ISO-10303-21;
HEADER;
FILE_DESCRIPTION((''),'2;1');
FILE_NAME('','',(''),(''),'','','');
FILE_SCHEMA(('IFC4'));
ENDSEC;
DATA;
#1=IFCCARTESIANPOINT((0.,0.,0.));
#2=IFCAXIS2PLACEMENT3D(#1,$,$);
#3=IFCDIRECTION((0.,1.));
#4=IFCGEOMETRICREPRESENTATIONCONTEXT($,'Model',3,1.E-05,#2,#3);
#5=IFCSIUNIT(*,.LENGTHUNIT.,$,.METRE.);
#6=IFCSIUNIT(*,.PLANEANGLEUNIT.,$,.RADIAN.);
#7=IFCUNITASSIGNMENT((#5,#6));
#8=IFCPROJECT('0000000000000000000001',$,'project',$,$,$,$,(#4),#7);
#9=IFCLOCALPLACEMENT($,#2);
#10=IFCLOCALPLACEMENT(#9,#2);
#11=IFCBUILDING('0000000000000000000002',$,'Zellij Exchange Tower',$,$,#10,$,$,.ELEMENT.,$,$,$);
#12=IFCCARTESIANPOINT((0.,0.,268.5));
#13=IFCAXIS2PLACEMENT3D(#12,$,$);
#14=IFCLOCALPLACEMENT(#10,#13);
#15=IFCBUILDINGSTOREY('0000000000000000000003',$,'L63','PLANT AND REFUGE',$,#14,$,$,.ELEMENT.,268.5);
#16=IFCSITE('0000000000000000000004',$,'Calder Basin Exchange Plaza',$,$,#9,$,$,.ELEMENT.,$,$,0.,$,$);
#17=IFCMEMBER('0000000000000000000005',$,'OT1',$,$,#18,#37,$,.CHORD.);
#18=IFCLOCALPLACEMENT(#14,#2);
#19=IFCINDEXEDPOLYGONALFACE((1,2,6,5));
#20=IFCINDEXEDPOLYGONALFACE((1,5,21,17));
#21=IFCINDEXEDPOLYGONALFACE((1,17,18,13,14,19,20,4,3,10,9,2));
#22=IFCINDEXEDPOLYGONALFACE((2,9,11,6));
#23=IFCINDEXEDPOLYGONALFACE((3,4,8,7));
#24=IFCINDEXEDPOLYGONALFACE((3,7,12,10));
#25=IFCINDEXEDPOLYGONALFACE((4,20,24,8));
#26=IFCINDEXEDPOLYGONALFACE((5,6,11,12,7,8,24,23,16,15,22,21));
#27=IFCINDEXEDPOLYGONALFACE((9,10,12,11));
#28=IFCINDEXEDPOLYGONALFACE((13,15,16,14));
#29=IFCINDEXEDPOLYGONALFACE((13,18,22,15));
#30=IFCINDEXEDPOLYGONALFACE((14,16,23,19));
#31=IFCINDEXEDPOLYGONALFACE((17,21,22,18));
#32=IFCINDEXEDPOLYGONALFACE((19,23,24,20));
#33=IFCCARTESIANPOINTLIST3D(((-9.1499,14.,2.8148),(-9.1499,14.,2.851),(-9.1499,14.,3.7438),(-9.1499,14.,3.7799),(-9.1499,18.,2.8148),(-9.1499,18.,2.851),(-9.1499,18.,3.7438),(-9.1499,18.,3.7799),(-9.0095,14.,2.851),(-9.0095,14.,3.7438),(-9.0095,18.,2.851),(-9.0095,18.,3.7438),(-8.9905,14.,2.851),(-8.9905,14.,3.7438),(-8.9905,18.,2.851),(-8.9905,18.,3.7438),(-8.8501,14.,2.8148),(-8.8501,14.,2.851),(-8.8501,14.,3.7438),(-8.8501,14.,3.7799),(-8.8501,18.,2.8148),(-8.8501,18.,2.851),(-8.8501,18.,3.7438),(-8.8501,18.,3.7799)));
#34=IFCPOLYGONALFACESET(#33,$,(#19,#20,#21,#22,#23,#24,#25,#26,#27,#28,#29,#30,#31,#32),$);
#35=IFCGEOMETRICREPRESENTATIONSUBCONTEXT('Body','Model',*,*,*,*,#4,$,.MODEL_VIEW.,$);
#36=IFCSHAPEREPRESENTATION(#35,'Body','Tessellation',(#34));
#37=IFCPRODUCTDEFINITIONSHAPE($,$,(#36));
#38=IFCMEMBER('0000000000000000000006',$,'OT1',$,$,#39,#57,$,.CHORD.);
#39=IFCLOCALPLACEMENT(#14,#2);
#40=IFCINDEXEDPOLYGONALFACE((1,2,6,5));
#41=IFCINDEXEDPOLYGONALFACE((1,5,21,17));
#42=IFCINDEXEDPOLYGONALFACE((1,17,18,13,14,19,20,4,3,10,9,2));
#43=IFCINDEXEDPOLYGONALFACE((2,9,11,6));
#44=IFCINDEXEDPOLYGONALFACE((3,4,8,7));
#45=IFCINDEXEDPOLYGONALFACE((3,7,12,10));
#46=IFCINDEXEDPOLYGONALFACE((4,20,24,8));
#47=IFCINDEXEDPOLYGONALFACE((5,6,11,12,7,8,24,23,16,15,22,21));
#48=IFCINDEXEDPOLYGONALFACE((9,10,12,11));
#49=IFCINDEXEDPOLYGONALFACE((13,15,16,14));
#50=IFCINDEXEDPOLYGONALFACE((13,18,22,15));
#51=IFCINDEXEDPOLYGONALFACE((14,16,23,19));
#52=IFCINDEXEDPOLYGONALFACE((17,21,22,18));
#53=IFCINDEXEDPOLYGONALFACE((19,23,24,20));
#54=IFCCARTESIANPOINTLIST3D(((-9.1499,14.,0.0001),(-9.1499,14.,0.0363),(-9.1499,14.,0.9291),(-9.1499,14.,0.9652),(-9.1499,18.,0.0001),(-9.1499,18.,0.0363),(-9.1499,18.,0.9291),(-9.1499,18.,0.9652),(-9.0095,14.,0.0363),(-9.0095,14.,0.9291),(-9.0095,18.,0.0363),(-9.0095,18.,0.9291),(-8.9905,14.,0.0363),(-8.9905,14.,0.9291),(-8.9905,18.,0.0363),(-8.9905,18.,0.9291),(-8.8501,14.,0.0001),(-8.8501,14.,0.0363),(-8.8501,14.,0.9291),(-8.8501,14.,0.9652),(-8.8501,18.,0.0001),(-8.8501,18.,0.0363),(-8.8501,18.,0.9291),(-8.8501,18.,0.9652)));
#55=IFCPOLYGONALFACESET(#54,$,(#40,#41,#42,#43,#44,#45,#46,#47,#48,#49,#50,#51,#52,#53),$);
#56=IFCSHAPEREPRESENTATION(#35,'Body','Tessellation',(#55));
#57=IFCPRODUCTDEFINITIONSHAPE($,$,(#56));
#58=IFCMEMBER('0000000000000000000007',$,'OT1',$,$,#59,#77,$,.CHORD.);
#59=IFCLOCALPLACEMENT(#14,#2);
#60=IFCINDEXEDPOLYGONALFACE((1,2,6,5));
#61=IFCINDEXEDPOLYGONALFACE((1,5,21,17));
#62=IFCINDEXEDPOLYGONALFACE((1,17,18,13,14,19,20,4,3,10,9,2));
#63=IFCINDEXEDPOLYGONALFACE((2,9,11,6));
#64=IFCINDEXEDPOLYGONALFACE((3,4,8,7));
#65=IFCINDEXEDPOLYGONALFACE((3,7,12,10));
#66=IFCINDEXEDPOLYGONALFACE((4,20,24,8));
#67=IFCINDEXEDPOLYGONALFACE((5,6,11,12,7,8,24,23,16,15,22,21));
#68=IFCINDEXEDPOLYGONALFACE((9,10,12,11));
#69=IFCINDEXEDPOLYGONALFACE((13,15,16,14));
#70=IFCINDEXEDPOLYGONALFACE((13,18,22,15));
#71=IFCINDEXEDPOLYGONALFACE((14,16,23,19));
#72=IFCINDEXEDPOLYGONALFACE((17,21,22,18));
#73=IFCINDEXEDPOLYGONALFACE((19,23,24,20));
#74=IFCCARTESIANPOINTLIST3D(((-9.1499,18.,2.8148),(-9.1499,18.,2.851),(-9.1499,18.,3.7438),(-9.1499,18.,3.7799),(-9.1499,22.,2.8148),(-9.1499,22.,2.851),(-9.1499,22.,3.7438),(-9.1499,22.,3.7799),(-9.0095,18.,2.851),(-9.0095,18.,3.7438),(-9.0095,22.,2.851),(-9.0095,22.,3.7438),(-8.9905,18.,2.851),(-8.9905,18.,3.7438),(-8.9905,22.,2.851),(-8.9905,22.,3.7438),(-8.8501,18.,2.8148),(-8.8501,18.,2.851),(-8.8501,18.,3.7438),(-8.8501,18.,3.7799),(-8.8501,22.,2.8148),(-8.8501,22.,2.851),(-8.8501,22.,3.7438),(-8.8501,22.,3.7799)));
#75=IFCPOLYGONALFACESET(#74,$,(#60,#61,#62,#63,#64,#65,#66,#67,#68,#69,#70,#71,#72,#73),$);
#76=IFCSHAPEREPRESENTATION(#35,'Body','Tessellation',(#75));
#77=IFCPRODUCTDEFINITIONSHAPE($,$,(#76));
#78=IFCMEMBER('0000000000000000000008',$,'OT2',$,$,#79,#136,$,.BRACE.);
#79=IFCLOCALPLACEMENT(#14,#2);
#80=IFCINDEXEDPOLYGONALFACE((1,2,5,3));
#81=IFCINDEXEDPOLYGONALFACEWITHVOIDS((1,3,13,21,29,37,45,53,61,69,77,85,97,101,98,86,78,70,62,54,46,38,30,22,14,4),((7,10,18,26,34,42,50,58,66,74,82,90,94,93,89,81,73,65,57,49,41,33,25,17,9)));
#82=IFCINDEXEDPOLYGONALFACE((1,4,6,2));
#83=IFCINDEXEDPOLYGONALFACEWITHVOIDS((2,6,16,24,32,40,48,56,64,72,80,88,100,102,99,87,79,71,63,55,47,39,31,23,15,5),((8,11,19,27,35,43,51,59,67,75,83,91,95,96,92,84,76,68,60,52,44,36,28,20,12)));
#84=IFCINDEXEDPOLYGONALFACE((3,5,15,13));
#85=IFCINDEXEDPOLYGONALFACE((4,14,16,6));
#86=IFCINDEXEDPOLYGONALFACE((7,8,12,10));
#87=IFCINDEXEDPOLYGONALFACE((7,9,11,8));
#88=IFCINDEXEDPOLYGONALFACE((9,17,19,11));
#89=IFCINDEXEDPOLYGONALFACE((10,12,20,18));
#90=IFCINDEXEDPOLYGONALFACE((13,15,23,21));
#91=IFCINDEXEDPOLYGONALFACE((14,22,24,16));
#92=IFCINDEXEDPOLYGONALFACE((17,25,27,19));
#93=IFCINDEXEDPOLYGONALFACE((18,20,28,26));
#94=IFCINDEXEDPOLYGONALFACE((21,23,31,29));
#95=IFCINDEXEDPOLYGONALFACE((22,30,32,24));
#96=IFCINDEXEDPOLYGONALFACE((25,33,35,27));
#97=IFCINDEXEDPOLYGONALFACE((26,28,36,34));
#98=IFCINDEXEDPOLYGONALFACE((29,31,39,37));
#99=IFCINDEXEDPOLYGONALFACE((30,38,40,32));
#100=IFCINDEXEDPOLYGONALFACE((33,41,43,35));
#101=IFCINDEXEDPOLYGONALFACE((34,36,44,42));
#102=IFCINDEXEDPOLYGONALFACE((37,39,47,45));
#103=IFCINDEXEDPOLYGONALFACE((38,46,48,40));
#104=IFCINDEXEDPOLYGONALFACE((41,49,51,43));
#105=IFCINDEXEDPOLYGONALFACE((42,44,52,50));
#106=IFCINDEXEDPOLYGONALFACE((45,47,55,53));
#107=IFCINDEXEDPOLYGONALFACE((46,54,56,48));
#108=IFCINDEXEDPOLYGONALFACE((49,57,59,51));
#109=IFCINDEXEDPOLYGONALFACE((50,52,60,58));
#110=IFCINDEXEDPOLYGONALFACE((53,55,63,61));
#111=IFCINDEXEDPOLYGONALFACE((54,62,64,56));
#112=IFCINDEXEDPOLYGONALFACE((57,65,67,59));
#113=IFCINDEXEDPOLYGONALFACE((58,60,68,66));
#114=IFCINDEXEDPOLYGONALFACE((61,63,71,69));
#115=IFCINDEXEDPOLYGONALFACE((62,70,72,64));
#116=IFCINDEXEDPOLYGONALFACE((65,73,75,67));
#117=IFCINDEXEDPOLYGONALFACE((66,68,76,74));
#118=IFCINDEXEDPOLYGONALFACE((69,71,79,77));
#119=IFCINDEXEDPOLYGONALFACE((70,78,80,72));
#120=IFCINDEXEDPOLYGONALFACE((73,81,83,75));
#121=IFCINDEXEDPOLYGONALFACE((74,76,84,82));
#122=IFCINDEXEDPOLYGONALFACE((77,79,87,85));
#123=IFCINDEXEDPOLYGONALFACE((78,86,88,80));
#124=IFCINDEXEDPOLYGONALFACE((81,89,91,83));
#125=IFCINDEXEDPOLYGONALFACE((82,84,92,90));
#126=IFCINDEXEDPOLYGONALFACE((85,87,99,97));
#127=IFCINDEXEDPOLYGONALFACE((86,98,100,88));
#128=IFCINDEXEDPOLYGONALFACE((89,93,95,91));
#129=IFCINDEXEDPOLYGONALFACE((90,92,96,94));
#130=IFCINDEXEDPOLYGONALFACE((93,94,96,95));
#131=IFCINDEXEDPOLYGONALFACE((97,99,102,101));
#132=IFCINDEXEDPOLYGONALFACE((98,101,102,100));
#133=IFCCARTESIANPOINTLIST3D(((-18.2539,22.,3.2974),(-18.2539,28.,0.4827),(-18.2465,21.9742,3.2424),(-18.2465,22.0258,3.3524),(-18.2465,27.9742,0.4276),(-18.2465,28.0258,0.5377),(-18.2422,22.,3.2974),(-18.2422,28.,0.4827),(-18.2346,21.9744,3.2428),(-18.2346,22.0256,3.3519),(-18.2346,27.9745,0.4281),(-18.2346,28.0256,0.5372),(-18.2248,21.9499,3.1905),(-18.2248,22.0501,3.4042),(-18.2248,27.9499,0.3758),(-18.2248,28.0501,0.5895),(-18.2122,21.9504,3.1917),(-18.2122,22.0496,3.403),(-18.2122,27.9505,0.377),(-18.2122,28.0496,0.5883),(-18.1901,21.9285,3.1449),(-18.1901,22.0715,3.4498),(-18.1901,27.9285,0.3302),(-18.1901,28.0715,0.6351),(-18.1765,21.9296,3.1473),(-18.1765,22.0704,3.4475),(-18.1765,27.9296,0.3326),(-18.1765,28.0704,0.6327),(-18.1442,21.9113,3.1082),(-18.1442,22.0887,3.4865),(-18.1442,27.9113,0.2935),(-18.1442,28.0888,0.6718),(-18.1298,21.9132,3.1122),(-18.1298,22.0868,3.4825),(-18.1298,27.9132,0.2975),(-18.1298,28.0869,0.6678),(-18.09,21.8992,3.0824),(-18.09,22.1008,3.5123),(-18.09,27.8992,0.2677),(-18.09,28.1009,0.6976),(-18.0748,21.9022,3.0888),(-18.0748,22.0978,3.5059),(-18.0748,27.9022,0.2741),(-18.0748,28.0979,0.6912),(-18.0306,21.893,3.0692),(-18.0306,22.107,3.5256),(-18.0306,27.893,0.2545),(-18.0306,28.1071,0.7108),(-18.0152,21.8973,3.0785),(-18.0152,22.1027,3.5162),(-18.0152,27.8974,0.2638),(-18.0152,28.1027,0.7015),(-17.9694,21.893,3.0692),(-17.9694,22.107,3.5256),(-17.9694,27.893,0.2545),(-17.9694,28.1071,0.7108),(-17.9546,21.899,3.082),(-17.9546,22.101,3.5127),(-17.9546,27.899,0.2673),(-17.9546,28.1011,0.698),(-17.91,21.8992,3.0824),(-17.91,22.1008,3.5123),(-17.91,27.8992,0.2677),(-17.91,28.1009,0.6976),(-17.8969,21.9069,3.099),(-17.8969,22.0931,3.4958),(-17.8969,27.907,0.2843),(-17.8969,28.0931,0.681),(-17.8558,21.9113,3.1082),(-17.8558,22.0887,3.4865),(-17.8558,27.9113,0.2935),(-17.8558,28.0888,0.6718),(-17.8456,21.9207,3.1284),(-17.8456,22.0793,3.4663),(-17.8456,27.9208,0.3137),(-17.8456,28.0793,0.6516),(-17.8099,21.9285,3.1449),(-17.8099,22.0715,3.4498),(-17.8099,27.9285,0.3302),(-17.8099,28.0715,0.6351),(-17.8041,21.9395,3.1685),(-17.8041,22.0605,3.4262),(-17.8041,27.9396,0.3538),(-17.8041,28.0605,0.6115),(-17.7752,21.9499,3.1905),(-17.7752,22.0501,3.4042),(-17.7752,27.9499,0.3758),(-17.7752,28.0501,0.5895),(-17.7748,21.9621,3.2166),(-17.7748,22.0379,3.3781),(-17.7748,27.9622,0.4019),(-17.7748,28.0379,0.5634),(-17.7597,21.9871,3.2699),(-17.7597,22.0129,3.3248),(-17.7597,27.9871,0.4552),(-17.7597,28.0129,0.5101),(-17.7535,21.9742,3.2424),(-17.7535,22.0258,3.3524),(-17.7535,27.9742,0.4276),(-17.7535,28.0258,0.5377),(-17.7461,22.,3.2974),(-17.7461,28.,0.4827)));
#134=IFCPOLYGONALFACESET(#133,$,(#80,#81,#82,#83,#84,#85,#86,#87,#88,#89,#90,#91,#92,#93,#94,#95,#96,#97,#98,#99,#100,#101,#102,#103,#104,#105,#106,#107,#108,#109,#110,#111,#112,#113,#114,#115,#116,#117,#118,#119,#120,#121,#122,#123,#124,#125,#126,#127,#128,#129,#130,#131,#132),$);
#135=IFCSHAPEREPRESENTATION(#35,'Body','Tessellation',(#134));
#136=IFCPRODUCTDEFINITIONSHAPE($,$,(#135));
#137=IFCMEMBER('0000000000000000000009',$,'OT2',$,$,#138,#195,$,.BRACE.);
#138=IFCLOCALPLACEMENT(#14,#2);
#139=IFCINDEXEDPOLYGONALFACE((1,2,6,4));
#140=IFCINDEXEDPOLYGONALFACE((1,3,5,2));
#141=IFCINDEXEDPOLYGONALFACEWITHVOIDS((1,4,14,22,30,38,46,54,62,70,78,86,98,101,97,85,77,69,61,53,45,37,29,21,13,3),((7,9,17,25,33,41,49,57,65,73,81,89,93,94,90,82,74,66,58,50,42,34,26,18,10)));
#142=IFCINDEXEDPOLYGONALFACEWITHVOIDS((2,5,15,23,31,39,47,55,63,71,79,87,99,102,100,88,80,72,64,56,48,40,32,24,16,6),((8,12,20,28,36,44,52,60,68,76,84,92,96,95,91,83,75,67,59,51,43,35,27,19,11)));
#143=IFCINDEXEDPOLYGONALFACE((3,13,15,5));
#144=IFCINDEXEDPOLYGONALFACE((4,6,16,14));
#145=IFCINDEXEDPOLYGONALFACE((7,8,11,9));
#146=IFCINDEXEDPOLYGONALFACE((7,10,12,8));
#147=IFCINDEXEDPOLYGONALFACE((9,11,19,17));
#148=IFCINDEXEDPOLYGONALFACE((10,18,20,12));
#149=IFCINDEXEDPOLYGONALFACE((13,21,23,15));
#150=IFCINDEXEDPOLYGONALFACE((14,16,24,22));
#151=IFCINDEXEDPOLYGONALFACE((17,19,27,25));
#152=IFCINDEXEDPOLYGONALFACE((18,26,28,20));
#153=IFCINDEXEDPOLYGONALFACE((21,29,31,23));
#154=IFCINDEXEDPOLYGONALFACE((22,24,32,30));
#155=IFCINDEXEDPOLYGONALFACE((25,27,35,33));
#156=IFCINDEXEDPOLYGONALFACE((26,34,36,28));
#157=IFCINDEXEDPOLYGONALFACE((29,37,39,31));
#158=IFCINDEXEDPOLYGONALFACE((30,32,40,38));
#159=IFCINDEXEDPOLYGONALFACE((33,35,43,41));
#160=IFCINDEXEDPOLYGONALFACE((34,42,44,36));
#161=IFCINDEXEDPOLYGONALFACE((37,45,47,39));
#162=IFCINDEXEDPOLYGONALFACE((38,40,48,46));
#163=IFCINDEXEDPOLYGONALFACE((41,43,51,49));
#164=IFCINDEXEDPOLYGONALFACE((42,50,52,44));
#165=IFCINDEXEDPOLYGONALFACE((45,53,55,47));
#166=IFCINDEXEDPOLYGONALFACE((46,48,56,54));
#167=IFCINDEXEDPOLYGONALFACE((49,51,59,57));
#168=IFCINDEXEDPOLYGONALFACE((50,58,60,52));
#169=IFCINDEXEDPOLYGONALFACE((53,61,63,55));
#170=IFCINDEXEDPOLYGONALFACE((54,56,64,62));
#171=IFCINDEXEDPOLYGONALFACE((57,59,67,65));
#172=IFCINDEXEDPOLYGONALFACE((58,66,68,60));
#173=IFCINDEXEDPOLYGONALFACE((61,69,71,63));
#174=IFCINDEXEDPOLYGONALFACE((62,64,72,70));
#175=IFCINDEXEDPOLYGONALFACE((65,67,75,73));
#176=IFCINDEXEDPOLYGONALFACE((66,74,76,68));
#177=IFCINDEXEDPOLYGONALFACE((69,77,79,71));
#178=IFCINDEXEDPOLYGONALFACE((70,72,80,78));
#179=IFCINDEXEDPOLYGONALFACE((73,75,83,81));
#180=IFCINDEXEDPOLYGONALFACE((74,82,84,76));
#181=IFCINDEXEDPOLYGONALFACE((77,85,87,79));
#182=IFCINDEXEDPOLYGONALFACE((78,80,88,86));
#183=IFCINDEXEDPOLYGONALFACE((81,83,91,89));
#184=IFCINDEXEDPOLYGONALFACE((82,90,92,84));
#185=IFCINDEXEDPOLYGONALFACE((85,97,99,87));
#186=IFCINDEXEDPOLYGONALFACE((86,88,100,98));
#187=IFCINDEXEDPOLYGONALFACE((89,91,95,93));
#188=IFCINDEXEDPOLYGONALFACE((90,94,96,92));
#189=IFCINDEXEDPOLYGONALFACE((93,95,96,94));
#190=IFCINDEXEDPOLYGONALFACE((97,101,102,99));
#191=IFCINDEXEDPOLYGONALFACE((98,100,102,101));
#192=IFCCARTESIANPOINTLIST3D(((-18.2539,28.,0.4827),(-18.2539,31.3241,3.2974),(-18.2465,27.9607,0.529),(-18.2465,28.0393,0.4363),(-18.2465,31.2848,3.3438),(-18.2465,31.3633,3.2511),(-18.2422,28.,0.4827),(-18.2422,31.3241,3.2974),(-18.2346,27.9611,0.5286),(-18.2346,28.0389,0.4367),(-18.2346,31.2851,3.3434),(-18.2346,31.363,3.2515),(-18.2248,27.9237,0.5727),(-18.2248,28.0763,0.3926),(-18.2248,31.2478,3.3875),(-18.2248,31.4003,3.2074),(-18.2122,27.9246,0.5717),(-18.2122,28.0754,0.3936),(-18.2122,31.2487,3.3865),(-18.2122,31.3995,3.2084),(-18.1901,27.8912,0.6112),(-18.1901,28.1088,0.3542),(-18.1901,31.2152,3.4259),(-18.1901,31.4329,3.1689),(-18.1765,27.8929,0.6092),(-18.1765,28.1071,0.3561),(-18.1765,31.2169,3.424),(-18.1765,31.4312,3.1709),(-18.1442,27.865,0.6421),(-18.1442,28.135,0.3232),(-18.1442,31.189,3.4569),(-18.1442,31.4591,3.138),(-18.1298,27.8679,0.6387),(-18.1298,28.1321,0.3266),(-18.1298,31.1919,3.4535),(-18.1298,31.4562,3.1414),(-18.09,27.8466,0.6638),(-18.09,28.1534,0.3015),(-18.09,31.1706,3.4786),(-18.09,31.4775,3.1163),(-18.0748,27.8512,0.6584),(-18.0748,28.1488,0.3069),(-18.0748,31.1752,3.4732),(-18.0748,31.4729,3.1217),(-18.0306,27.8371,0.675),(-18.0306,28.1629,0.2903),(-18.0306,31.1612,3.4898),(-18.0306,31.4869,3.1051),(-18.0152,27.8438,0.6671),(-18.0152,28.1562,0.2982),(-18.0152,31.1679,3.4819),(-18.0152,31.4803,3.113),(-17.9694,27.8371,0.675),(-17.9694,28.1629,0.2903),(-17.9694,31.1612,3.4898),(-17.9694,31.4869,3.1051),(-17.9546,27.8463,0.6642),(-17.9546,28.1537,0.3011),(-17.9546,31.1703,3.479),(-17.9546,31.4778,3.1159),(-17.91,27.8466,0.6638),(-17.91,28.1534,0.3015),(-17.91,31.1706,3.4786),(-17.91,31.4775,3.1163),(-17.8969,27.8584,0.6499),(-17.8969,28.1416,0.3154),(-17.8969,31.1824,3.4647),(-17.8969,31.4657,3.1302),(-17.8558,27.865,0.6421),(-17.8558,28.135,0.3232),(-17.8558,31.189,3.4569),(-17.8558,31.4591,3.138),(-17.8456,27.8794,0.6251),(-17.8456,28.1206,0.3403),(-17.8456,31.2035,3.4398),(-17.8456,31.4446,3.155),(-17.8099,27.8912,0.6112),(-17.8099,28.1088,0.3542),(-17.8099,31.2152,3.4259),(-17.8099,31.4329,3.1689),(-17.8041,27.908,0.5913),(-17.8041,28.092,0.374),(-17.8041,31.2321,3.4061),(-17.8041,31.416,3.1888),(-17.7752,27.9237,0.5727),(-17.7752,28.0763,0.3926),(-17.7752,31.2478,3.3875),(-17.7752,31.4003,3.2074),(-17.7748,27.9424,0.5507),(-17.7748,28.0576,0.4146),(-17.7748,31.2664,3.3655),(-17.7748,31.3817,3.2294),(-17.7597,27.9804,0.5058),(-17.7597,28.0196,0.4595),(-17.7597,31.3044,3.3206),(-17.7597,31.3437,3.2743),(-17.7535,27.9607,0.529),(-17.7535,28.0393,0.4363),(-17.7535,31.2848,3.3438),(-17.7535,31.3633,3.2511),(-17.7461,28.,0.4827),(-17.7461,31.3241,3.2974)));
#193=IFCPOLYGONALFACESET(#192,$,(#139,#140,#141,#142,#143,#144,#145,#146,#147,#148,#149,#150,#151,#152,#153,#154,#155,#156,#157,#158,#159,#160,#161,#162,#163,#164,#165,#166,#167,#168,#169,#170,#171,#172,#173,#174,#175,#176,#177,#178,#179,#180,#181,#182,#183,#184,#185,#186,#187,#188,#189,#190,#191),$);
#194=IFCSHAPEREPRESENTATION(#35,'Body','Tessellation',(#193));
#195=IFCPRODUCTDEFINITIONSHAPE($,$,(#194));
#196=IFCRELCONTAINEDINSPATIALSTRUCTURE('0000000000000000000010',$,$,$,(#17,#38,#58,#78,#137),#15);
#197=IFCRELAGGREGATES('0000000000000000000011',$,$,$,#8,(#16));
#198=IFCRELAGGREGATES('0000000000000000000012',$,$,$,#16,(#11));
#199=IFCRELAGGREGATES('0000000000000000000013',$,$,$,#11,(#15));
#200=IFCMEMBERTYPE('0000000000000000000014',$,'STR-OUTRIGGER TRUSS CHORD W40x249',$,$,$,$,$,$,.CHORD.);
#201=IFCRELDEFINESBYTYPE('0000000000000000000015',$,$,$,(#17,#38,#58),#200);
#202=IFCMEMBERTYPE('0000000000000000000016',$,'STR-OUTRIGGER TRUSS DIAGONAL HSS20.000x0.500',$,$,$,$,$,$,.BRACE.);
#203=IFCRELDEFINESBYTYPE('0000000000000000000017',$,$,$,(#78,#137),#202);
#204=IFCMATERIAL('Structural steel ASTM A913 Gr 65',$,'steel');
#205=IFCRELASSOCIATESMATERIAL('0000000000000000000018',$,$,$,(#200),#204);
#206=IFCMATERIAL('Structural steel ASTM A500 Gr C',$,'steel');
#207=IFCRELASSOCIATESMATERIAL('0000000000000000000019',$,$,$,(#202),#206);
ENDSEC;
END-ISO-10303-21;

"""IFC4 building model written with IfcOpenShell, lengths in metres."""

from ifc_helpers import new_model, si_unit, direction, frame, origin, origin_2d, place, context, subcontext, project, spatial, hollow_circle, i_section, extrude, material, material_profile, profile_set, type_object, element, save


model = new_model("IFC4")

# Units and contexts
model_context = context("Model", 3, precision=1e-05, world=origin(), true_north=direction((0.0, 1.0)))
body_context = subcontext(model_context, "Body", "Model", "MODEL_VIEW")
ifc_project = project(units=[si_unit("LENGTHUNIT", "METRE"), si_unit("PLANEANGLEUNIT", "RADIAN")], contexts=[model_context])

# Site, building, storey
site_placement = place(None, origin())
site = spatial("IfcSite", under=ifc_project, at=site_placement, Name="Calder Basin Exchange Plaza", CompositionType="ELEMENT", RefElevation=0.0)
building_placement = place(site_placement, origin())
building = spatial("IfcBuilding", under=site, at=building_placement, Name="Zellij Exchange Tower", CompositionType="ELEMENT")
storey_placement = place(building_placement, frame((0.0, 0.0, 268.5)))
storey = spatial("IfcBuildingStorey", under=building, at=storey_placement, Name="L63", Description="PLANT AND REFUGE", CompositionType="ELEMENT", Elevation=268.5)

# Members
ifc_material_1 = material(Name="Structural steel ASTM A913 Gr 65", Category="steel")
ifc_material_profile_1 = material_profile(ifc_material_1, i_section(OverallWidth=0.2998, OverallDepth=0.9651, WebThickness=0.019, FlangeThickness=0.0361, at=origin_2d()), Name="W40x249")
ifc_profile_set_1 = profile_set([ifc_material_profile_1], Name="Structural steel ASTM A913 Gr 65")
member_type_1 = type_object("IfcMemberType", Name="STR-OUTRIGGER TRUSS CHORD W40x249", PredefinedType="CHORD", material=ifc_profile_set_1)
for number, where, z_axis, x_axis, name in (
    (1, (-9.0, 14.0, 3.2974), (0.0, 1.0, 0.0), (-1.0, 0.0, 0.0), "OT1"),
    (2, (-9.0, 14.0, 0.4827), (0.0, 1.0, 0.0), (-1.0, 0.0, 0.0), "OT1"),
    (3, (-9.0, 18.0, 3.2974), (0.0, 1.0, 0.0), (-1.0, 0.0, 0.0), "OT1"),
):
    element("IfcMember", number, at=place(storey_placement, frame(where, z_axis=z_axis, x_axis=x_axis)), inside=storey, type_object=member_type_1, Name=name, PredefinedType="CHORD", context=body_context, shape_type="SweptSolid", body=[
        extrude(i_section(OverallWidth=0.2998, OverallDepth=0.9651, WebThickness=0.019, FlangeThickness=0.0361, at=origin_2d()), origin(), (0.0, 0.0, 1.0), 4.0),
    ])
ifc_material_2 = material(Name="Structural steel ASTM A500 Gr C", Category="steel")
ifc_material_profile_2 = material_profile(ifc_material_2, hollow_circle(Radius=0.2539, WallThickness=0.0117, at=origin_2d()), Name="STR-OUTRIGGER TRUSS DIAGONAL HSS20.000x0.500")
ifc_profile_set_2 = profile_set([ifc_material_profile_2], Name="Structural steel ASTM A500 Gr C")
member_type_2 = type_object("IfcMemberType", Name="STR-OUTRIGGER TRUSS DIAGONAL HSS20.000x0.500", PredefinedType="BRACE", material=ifc_profile_set_2)
member_1_placement = place(storey_placement, frame((-18.0, 22.0, 3.2974), z_axis=(0.0, 0.905331, -0.424706), x_axis=(-1.0, 0.0, 0.0)))
element("IfcMember", 4, at=member_1_placement, inside=storey, type_object=member_type_2, Name="OT2", PredefinedType="BRACE", context=body_context, shape_type="SweptSolid", body=[
    extrude(hollow_circle(Radius=0.2539, WallThickness=0.0117, at=origin_2d()), origin(), (0.0, 0.0, 1.0), 6.6274),
])
member_2_placement = place(storey_placement, frame((-18.0, 28.0, 0.4827), z_axis=(0.0, 0.763148, 0.646224), x_axis=(-1.0, 0.0, 0.0)))
element("IfcMember", 5, at=member_2_placement, inside=storey, type_object=member_type_2, Name="OT2", PredefinedType="BRACE", context=body_context, shape_type="SweptSolid", body=[
    extrude(hollow_circle(Radius=0.2539, WallThickness=0.0117, at=origin_2d()), origin(), (0.0, 0.0, 1.0), 4.3557),
])

save(model, "model.ifc")
